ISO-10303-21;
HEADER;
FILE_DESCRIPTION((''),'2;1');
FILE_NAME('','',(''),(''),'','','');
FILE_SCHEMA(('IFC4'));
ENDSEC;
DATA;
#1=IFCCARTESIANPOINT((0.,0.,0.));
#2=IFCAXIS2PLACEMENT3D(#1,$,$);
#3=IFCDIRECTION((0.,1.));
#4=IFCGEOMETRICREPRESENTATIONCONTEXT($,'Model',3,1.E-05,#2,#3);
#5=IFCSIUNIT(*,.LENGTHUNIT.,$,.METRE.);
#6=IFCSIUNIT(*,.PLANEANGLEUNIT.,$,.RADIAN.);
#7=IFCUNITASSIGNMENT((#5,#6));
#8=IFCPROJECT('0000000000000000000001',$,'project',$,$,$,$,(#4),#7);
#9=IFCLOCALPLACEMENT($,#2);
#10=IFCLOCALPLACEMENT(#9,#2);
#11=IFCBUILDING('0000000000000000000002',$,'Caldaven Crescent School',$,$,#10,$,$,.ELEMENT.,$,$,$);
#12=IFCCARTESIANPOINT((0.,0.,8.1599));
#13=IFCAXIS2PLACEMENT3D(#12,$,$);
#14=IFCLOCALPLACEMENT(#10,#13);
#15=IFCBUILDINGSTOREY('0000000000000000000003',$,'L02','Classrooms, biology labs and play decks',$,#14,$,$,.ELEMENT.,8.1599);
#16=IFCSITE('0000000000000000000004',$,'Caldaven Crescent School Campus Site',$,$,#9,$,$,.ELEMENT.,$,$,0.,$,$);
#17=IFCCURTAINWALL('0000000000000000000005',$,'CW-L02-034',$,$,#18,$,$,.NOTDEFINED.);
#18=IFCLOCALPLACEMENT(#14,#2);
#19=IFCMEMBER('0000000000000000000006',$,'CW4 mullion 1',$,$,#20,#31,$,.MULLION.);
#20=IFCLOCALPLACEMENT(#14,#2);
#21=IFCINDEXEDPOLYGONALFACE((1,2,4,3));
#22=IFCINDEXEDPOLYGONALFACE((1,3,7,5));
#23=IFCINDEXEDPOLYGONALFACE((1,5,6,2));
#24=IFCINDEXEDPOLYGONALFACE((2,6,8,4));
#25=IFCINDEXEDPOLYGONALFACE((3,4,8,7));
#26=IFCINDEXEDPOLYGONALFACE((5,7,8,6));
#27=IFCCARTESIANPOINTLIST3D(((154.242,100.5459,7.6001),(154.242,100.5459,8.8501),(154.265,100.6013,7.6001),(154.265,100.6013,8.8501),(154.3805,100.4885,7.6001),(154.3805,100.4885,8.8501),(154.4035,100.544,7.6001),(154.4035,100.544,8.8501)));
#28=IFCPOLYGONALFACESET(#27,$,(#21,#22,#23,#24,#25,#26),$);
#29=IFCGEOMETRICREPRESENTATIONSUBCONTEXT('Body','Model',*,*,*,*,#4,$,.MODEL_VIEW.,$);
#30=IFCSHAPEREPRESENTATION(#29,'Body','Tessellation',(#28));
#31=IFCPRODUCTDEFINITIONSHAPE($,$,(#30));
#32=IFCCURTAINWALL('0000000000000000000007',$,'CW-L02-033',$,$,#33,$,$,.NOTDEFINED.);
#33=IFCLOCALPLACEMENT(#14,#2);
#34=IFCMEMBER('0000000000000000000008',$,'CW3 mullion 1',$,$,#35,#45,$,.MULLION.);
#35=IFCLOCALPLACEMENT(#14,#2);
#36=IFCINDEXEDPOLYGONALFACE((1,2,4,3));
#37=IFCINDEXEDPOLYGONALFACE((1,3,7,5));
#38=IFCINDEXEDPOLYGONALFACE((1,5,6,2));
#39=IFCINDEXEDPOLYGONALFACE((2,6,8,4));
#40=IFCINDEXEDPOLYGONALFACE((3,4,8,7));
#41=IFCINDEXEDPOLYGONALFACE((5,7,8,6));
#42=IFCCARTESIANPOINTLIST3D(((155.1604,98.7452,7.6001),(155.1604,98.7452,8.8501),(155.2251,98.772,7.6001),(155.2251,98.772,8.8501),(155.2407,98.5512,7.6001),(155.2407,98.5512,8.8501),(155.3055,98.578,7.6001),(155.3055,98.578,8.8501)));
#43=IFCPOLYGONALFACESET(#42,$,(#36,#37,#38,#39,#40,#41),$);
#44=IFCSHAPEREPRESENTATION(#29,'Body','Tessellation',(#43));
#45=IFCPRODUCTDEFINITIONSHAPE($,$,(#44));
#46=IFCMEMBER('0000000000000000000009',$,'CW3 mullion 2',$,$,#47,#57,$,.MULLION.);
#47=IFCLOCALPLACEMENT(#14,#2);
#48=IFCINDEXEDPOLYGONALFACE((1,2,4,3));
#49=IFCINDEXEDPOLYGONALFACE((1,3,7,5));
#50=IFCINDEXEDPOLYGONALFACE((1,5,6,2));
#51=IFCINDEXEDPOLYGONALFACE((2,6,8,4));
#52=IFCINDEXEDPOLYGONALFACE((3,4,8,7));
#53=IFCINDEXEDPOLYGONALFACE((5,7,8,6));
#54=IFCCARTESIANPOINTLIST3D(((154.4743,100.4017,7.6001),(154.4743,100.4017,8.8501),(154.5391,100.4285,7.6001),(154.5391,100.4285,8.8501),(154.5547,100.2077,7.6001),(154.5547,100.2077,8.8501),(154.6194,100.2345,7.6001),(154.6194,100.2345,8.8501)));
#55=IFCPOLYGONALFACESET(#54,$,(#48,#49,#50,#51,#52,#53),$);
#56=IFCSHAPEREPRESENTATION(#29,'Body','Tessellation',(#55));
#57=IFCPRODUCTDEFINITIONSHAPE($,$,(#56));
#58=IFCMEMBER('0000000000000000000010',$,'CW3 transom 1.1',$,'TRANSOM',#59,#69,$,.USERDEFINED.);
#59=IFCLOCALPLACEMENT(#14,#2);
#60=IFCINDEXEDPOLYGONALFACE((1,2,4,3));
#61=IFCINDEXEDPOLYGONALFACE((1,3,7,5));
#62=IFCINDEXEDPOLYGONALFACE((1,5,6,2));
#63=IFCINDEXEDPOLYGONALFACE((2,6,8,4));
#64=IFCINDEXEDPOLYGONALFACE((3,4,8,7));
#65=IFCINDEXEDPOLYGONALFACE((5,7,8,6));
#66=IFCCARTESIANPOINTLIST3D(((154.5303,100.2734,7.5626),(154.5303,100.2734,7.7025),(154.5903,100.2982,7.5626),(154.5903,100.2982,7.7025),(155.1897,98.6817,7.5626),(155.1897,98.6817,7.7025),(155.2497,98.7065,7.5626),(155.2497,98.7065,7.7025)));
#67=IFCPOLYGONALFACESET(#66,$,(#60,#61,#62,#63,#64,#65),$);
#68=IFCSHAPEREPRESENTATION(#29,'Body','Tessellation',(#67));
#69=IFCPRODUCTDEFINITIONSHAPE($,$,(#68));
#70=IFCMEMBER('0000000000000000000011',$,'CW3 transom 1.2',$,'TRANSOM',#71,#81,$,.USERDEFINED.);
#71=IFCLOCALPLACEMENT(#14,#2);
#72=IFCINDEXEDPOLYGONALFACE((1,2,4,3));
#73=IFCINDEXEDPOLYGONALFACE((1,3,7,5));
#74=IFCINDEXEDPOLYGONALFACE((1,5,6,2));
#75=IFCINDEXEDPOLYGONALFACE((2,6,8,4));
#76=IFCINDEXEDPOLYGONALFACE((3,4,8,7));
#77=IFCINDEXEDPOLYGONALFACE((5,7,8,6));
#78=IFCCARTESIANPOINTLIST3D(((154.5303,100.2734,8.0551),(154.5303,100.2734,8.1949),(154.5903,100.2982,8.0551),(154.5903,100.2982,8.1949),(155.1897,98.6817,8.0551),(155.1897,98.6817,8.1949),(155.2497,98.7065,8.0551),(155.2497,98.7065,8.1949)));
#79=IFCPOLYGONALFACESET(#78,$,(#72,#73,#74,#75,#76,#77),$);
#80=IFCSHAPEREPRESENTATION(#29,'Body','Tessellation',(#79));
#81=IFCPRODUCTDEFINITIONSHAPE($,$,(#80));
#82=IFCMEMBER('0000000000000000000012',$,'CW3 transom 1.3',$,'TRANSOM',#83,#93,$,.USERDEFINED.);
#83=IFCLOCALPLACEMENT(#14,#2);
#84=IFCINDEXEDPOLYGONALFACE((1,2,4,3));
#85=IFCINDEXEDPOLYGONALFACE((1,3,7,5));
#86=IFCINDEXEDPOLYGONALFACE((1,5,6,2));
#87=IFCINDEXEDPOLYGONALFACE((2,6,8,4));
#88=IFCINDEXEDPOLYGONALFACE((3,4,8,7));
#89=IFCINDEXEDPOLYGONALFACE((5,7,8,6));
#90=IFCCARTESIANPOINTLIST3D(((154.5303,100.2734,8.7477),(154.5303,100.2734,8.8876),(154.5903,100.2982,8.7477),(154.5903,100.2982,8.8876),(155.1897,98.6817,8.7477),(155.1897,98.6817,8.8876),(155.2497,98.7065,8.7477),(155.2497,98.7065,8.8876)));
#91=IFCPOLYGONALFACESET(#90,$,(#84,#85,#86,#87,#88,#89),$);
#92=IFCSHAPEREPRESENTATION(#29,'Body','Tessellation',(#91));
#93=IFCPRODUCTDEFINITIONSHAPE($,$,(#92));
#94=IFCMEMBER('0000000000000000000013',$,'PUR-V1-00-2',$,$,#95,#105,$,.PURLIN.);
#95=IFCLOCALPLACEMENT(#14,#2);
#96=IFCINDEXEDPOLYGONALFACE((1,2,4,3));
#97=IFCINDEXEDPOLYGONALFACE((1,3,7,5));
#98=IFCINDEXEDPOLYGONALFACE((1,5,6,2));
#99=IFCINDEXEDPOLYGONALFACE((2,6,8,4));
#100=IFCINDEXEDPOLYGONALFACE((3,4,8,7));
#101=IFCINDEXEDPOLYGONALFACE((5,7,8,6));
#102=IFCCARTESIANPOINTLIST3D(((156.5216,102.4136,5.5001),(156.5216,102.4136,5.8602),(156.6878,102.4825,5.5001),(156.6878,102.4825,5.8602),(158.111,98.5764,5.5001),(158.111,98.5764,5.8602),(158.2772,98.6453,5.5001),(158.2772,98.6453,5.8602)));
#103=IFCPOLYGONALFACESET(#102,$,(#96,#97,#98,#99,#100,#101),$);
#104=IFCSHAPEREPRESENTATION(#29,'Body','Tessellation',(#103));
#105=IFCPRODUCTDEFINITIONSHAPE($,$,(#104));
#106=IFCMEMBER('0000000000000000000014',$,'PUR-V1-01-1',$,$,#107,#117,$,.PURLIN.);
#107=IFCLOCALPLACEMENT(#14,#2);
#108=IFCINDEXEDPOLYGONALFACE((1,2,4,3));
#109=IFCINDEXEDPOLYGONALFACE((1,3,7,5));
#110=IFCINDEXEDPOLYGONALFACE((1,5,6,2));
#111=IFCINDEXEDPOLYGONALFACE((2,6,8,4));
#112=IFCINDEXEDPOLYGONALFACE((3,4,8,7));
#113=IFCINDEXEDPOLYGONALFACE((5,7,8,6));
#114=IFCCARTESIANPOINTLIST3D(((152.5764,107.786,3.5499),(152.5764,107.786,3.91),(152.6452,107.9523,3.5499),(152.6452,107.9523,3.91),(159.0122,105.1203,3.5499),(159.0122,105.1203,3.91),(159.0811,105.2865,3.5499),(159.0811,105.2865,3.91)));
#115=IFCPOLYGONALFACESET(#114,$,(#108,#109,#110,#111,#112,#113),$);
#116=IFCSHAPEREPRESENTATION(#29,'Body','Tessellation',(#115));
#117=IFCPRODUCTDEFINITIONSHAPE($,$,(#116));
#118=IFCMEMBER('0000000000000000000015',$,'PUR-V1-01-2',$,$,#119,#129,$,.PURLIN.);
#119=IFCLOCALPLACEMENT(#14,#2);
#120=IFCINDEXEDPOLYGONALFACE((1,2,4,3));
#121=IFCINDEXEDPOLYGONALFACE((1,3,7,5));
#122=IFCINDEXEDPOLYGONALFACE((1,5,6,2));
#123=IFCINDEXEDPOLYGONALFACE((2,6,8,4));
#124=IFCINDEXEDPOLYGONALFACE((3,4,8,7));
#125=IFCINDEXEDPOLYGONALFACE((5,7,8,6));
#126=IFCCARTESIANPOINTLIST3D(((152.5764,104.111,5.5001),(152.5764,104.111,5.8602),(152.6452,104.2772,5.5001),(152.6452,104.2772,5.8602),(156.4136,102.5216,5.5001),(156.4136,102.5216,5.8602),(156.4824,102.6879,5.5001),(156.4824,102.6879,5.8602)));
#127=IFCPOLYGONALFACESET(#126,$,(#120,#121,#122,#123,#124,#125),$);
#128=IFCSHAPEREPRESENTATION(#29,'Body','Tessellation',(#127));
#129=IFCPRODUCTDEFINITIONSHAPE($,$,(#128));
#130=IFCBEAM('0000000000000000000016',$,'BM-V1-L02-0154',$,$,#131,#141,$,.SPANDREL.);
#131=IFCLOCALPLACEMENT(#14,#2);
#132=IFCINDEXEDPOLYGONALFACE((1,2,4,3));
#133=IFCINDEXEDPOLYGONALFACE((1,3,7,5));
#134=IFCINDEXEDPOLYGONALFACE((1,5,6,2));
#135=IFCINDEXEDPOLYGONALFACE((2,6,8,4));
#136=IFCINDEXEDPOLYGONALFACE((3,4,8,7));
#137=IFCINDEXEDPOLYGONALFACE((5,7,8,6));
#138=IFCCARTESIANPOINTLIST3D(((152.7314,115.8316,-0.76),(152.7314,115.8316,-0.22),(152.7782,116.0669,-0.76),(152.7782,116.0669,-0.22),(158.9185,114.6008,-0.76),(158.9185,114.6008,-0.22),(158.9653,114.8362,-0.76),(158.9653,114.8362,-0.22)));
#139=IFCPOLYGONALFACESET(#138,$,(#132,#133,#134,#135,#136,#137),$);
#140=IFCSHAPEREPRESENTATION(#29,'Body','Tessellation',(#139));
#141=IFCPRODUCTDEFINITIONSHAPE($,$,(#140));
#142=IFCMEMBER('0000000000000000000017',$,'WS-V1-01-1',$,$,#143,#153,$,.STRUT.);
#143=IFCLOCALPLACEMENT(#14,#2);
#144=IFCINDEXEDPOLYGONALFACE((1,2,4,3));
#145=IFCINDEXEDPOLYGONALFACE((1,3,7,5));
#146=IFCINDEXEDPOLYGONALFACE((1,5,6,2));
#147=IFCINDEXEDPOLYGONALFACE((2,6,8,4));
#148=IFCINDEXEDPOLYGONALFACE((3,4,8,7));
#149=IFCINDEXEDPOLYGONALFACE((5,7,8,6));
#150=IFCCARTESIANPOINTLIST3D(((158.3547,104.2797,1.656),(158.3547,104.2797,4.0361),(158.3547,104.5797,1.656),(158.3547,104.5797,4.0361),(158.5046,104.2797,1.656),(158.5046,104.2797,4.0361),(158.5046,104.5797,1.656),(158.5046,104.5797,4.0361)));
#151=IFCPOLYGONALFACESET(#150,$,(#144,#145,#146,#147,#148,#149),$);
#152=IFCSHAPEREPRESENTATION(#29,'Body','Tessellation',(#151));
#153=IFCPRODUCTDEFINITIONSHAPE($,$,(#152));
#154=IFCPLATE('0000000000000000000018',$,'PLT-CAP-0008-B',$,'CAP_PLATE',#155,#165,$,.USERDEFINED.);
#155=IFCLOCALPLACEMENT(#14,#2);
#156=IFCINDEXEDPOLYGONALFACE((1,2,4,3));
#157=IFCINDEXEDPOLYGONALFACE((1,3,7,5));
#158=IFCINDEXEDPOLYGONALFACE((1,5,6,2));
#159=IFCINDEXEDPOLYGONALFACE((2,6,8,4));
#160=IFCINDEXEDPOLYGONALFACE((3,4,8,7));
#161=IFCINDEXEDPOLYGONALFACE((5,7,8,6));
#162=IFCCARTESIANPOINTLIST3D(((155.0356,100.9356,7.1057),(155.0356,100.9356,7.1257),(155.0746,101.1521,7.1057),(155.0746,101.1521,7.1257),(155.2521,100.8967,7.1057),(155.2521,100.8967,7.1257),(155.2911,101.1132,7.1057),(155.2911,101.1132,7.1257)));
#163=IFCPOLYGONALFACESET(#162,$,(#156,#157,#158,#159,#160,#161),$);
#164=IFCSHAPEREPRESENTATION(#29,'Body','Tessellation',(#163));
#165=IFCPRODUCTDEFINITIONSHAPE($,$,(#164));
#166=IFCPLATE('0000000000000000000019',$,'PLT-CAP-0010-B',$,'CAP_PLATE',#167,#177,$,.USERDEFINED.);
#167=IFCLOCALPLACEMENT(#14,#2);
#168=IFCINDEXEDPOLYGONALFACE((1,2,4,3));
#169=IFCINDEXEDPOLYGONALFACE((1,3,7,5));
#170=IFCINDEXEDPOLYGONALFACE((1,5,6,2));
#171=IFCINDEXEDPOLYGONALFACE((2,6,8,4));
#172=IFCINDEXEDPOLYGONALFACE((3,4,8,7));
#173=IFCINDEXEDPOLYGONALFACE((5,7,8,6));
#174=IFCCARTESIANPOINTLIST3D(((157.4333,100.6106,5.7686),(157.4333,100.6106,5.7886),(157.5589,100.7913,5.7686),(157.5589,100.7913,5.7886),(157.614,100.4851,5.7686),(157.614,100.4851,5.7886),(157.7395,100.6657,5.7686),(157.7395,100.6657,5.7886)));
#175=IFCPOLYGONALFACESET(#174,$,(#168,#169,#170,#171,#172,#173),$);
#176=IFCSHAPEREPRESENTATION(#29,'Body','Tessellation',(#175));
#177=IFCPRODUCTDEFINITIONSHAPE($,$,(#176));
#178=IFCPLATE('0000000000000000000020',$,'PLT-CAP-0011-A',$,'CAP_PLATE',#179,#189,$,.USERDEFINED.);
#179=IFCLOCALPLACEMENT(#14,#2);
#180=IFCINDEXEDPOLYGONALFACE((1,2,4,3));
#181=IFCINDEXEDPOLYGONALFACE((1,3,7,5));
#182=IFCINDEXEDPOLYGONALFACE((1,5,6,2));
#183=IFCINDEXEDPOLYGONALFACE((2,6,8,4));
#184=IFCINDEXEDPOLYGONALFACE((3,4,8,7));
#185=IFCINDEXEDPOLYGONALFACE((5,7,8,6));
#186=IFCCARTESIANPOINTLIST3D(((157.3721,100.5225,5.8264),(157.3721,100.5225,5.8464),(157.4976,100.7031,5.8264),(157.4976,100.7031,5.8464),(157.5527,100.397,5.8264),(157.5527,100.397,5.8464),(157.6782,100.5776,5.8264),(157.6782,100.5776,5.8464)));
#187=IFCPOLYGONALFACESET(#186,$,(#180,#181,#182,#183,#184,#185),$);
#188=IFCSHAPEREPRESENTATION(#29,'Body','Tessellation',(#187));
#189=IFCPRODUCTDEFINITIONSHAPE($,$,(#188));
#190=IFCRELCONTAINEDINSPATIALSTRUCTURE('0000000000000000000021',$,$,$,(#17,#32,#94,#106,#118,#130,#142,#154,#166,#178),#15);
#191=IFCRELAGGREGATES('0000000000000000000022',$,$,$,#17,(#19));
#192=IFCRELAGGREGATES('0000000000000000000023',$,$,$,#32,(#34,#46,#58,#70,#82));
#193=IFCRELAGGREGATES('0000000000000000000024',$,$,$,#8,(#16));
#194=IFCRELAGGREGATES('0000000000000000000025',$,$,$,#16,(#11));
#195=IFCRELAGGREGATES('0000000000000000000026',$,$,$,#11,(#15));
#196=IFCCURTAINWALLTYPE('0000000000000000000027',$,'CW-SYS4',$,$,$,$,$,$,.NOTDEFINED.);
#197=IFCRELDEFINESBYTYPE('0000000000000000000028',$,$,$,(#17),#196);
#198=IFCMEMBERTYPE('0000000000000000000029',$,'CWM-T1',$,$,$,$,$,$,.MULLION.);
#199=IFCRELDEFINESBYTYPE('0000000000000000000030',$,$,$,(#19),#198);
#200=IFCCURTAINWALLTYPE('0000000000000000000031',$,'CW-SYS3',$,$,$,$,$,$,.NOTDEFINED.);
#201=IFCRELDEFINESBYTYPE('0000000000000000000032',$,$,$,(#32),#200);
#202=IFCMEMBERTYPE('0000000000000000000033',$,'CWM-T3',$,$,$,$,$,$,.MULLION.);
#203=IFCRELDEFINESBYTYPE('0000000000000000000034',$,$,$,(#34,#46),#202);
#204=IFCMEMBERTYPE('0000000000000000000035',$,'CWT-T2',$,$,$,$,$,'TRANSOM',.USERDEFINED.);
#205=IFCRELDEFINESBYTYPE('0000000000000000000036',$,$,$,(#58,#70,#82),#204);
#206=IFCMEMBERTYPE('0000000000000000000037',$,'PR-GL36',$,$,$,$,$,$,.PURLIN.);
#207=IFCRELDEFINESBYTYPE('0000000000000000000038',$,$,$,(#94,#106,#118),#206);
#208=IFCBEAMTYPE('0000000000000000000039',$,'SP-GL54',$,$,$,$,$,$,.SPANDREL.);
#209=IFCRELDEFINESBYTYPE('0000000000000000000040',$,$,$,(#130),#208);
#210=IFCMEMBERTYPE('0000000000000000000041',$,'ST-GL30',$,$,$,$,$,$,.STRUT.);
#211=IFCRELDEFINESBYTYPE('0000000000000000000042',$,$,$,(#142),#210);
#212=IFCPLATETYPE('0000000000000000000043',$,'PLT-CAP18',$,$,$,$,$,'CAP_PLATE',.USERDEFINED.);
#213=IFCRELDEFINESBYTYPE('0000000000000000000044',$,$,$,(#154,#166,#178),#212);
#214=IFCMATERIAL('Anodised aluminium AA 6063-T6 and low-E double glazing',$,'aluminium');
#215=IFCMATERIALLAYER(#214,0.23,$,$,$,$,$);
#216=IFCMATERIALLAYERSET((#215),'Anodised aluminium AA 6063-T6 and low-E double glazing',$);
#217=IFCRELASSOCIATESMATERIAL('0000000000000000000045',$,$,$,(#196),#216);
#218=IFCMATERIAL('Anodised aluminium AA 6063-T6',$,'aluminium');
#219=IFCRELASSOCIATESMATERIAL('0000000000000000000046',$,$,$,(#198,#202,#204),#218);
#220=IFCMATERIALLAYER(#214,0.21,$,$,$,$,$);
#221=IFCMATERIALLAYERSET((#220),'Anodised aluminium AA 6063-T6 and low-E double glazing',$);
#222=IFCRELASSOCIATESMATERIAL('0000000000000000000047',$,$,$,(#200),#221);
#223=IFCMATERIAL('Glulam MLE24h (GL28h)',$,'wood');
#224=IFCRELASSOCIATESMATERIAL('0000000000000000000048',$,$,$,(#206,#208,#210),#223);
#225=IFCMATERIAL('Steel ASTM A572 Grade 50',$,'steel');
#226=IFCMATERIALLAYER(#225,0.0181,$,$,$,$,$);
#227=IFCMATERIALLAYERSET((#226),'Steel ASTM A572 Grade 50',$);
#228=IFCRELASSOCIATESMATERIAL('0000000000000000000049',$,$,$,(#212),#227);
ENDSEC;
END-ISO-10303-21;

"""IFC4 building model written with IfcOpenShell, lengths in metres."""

from ifc_helpers import new_model, si_unit, direction, frame, origin, origin_2d, place, context, subcontext, project, spatial, rectangle, extrude, material, layer, layer_set, material_profile, profile_set, type_object, element, aggregate, save


model = new_model("IFC4")

# Units and contexts
model_context = context("Model", 3, precision=1e-05, world=origin(), true_north=direction((0.0, 1.0)))
body_context = subcontext(model_context, "Body", "Model", "MODEL_VIEW")
ifc_project = project(units=[si_unit("LENGTHUNIT", "METRE"), si_unit("PLANEANGLEUNIT", "RADIAN")], contexts=[model_context])

# Site, building, storey
site_placement = place(None, origin())
site = spatial("IfcSite", under=ifc_project, at=site_placement, Name="Caldaven Crescent School Campus Site", CompositionType="ELEMENT", RefElevation=0.0)
building_placement = place(site_placement, origin())
building = spatial("IfcBuilding", under=site, at=building_placement, Name="Caldaven Crescent School", CompositionType="ELEMENT")
storey_placement = place(building_placement, frame((0.0, 0.0, 8.1599)))
storey = spatial("IfcBuildingStorey", under=building, at=storey_placement, Name="L02", Description="Classrooms, biology labs and play decks", CompositionType="ELEMENT", Elevation=8.1599)

# Shared definitions
ifc_material_1 = material(Name="Steel ASTM A572 Grade 50", Category="steel")

# Shared definitions
ifc_material_2 = material(Name="Glulam MLE24h (GL28h)", Category="wood")

# Curtain wall, member
ifc_material_3 = material(Name="Anodised aluminium AA 6063-T6 and low-E double glazing", Category="aluminium")
ifc_layer_1 = layer(ifc_material_3, 0.23)
ifc_layer_set_1 = layer_set([ifc_layer_1], Name="Anodised aluminium AA 6063-T6 and low-E double glazing")
curtain_wall_type_1 = type_object("IfcCurtainWallType", Name="CW-SYS4", PredefinedType="NOTDEFINED", material=ifc_layer_set_1)
curtain_wall_1_placement = place(storey_placement, origin())
curtain_wall_1 = element("IfcCurtainWall", 1, at=curtain_wall_1_placement, inside=storey, type_object=curtain_wall_type_1, Name="CW-L02-034", PredefinedType="NOTDEFINED")
ifc_material_4 = material(Name="Anodised aluminium AA 6063-T6", Category="aluminium")
ifc_material_profile_1 = material_profile(ifc_material_4, rectangle(XDim=0.0601, YDim=0.1499, at=origin_2d()), Name="CWM 60x150")
ifc_profile_set_1 = profile_set([ifc_material_profile_1], Name="Anodised aluminium AA 6063-T6")
member_type_1 = type_object("IfcMemberType", Name="CWM-T1", PredefinedType="MULLION", material=ifc_profile_set_1)
member_1_placement = place(storey_placement, frame((154.3228, 100.5449, 7.6001), z_axis=(0.0, 0.0, 1.0), x_axis=(-0.382682, -0.92388, 0.0)))
member_1 = element("IfcMember", 2, at=member_1_placement, type_object=member_type_1, Name="CW4 mullion 1", PredefinedType="MULLION", context=body_context, shape_type="SweptSolid", body=[
    extrude(rectangle(XDim=0.0601, YDim=0.1499, at=origin_2d()), origin(), (0.0, 0.0, 1.0), 1.25),
])
aggregate(curtain_wall_1, [member_1])

# Curtain wall, members
ifc_layer_2 = layer(ifc_material_3, 0.21)
ifc_layer_set_2 = layer_set([ifc_layer_2], Name="Anodised aluminium AA 6063-T6 and low-E double glazing")
curtain_wall_type_2 = type_object("IfcCurtainWallType", Name="CW-SYS3", PredefinedType="NOTDEFINED", material=ifc_layer_set_2)
curtain_wall_2_placement = place(storey_placement, origin())
curtain_wall_2 = element("IfcCurtainWall", 3, at=curtain_wall_2_placement, inside=storey, type_object=curtain_wall_type_2, Name="CW-L02-033", PredefinedType="NOTDEFINED")
ifc_material_profile_2 = material_profile(ifc_material_4, rectangle(XDim=0.0701, YDim=0.21, at=origin_2d()), Name="CWM 70x210")
ifc_profile_set_2 = profile_set([ifc_material_profile_2], Name="Anodised aluminium AA 6063-T6")
member_type_2 = type_object("IfcMemberType", Name="CWM-T3", PredefinedType="MULLION", material=ifc_profile_set_2)
member_2_placement = place(storey_placement, frame((155.2329, 98.6616, 7.6001), z_axis=(0.0, 0.0, 1.0), x_axis=(-0.92388, -0.382682, 0.0)))
member_2 = element("IfcMember", 4, at=member_2_placement, type_object=member_type_2, Name="CW3 mullion 1", PredefinedType="MULLION", context=body_context, shape_type="SweptSolid", body=[
    extrude(rectangle(XDim=0.0701, YDim=0.21, at=origin_2d()), origin(), (0.0, 0.0, 1.0), 1.25),
])
member_3_placement = place(storey_placement, frame((154.5469, 100.3181, 7.6001), z_axis=(0.0, 0.0, 1.0), x_axis=(-0.92388, -0.382682, 0.0)))
member_3 = element("IfcMember", 5, at=member_3_placement, type_object=member_type_2, Name="CW3 mullion 2", PredefinedType="MULLION", context=body_context, shape_type="SweptSolid", body=[
    extrude(rectangle(XDim=0.0701, YDim=0.21, at=origin_2d()), origin(), (0.0, 0.0, 1.0), 1.25),
])
ifc_material_profile_3 = material_profile(ifc_material_4, rectangle(XDim=0.0649, YDim=0.1399, at=origin_2d()), Name="CWT 65x140")
ifc_profile_set_3 = profile_set([ifc_material_profile_3], Name="Anodised aluminium AA 6063-T6")
member_type_3 = type_object("IfcMemberType", Name="CWT-T2", ElementType="TRANSOM", PredefinedType="USERDEFINED", material=ifc_profile_set_3)
member_4_placement = place(storey_placement, frame((155.2197, 98.6941, 7.6326), z_axis=(-0.382723, 0.923863, 0.0), x_axis=(-0.923863, -0.382723, 0.0)))
member_4 = element("IfcMember", 6, at=member_4_placement, type_object=member_type_3, Name="CW3 transom 1.1", ObjectType="TRANSOM", PredefinedType="USERDEFINED", context=body_context, shape_type="SweptSolid", body=[
    extrude(rectangle(XDim=0.0649, YDim=0.1399, at=origin_2d()), origin(), (0.0, 0.0, 1.0), 1.7229),
])
member_5_placement = place(storey_placement, frame((155.2197, 98.6941, 8.125), z_axis=(-0.382723, 0.923863, 0.0), x_axis=(-0.923863, -0.382723, 0.0)))
member_5 = element("IfcMember", 7, at=member_5_placement, type_object=member_type_3, Name="CW3 transom 1.2", ObjectType="TRANSOM", PredefinedType="USERDEFINED", context=body_context, shape_type="SweptSolid", body=[
    extrude(rectangle(XDim=0.0649, YDim=0.1399, at=origin_2d()), origin(), (0.0, 0.0, 1.0), 1.7229),
])
member_6_placement = place(storey_placement, frame((155.2197, 98.6941, 8.8176), z_axis=(-0.382723, 0.923863, 0.0), x_axis=(-0.923863, -0.382723, 0.0)))
member_6 = element("IfcMember", 8, at=member_6_placement, type_object=member_type_3, Name="CW3 transom 1.3", ObjectType="TRANSOM", PredefinedType="USERDEFINED", context=body_context, shape_type="SweptSolid", body=[
    extrude(rectangle(XDim=0.0649, YDim=0.1399, at=origin_2d()), origin(), (0.0, 0.0, 1.0), 1.7229),
])

# Members
ifc_material_profile_4 = material_profile(ifc_material_2, rectangle(XDim=0.1799, YDim=0.3601, at=origin_2d()), Name="MLE 180x360")
ifc_profile_set_4 = profile_set([ifc_material_profile_4], Name="Glulam MLE24h (GL28h)")
member_type_4 = type_object("IfcMemberType", Name="PR-GL36", PredefinedType="PURLIN", material=ifc_profile_set_4)
member_7_placement = place(storey_placement, frame((158.1941, 98.6108, 5.6802), z_axis=(-0.382674, 0.923884, 0.0), x_axis=(-0.923884, -0.382674, 0.0)))
element("IfcMember", 9, at=member_7_placement, inside=storey, type_object=member_type_4, Name="PUR-V1-00-2", PredefinedType="PURLIN", context=body_context, shape_type="SweptSolid", body=[
    extrude(rectangle(XDim=0.1799, YDim=0.3601, at=origin_2d()), origin(), (0.0, 0.0, 1.0), 4.1533),
])
member_8_placement = place(storey_placement, frame((159.0466, 105.2034, 3.73), z_axis=(-0.923881, 0.382681, 0.0), x_axis=(-0.382681, -0.923881, 0.0)))
element("IfcMember", 10, at=member_8_placement, inside=storey, type_object=member_type_4, Name="PUR-V1-01-1", PredefinedType="PURLIN", context=body_context, shape_type="SweptSolid", body=[
    extrude(rectangle(XDim=0.1799, YDim=0.3601, at=origin_2d()), origin(), (0.0, 0.0, 1.0), 6.9661),
])
member_9_placement = place(storey_placement, frame((156.448, 102.6047, 5.6802), z_axis=(-0.923884, 0.382674, 0.0), x_axis=(-0.382674, -0.923884, 0.0)))
element("IfcMember", 11, at=member_9_placement, inside=storey, type_object=member_type_4, Name="PUR-V1-01-2", PredefinedType="PURLIN", context=body_context, shape_type="SweptSolid", body=[
    extrude(rectangle(XDim=0.1799, YDim=0.3601, at=origin_2d()), origin(), (0.0, 0.0, 1.0), 4.1533),
])

# Beam
ifc_material_profile_5 = material_profile(ifc_material_2, rectangle(XDim=0.24, YDim=0.54, at=origin_2d()), Name="MLE 240x540")
ifc_profile_set_5 = profile_set([ifc_material_profile_5], Name="Glulam MLE24h (GL28h)")
beam_type_1 = type_object("IfcBeamType", Name="SP-GL54", PredefinedType="SPANDREL", material=ifc_profile_set_5)
beam_1_placement = place(storey_placement, frame((158.9419, 114.7185, -0.49), z_axis=(-0.980784, 0.195096, 0.0), x_axis=(-0.195096, -0.980784, 0.0)))
element("IfcBeam", 12, at=beam_1_placement, inside=storey, type_object=beam_type_1, Name="BM-V1-L02-0154", PredefinedType="SPANDREL", context=body_context, shape_type="SweptSolid", body=[
    extrude(rectangle(XDim=0.24, YDim=0.54, at=origin_2d()), origin(), (0.0, 0.0, 1.0), 6.3083),
])

# Member
ifc_material_profile_6 = material_profile(ifc_material_2, rectangle(XDim=0.1499, YDim=0.3, at=origin_2d()), Name="MLE 150x300")
ifc_profile_set_6 = profile_set([ifc_material_profile_6], Name="Glulam MLE24h (GL28h)")
member_type_5 = type_object("IfcMemberType", Name="ST-GL30", PredefinedType="STRUT", material=ifc_profile_set_6)
member_10_placement = place(storey_placement, frame((158.4297, 104.4297, 1.656), z_axis=(0.0, 0.0, 1.0), x_axis=(1.0, 0.0, 0.0)))
element("IfcMember", 13, at=member_10_placement, inside=storey, type_object=member_type_5, Name="WS-V1-01-1", PredefinedType="STRUT", context=body_context, shape_type="SweptSolid", body=[
    extrude(rectangle(XDim=0.1499, YDim=0.3, at=origin_2d()), origin(), (0.0, 0.0, 1.0), 2.3801),
])

# Plates
ifc_layer_3 = layer(ifc_material_1, 0.0181)
ifc_layer_set_3 = layer_set([ifc_layer_3], Name="Steel ASTM A572 Grade 50")
plate_type_1 = type_object("IfcPlateType", Name="PLT-CAP18", ElementType="CAP_PLATE", PredefinedType="USERDEFINED", material=ifc_layer_set_3)
for number, where, z_axis, x_axis, name in (
    (14, (155.1633, 101.0244, 7.1057), (0.0, 0.0, 1.0), (-0.984196, 0.177085, 0.0), "PLT-CAP-0008-B"),
    (15, (157.5864, 100.6382, 5.7686), (0.0, 0.0, 1.0), (-0.570714, -0.821149, 0.0), "PLT-CAP-0010-B"),
    (16, (157.5251, 100.55, 5.8264), (0.0, 0.0, 1.0), (-0.570714, -0.821149, 0.0), "PLT-CAP-0011-A"),
):
    element("IfcPlate", number, at=place(storey_placement, frame(where, z_axis=z_axis, x_axis=x_axis)), inside=storey, type_object=plate_type_1, Name=name, ObjectType="CAP_PLATE", PredefinedType="USERDEFINED", context=body_context, shape_type="SweptSolid", body=[
        extrude(rectangle(XDim=0.22, YDim=0.22, at=origin_2d()), origin(), (0.0, 0.0, 1.0), 0.02),
    ])

aggregate(curtain_wall_2, [member_2, member_3, member_4, member_5, member_6])

save(model, "model.ifc")
